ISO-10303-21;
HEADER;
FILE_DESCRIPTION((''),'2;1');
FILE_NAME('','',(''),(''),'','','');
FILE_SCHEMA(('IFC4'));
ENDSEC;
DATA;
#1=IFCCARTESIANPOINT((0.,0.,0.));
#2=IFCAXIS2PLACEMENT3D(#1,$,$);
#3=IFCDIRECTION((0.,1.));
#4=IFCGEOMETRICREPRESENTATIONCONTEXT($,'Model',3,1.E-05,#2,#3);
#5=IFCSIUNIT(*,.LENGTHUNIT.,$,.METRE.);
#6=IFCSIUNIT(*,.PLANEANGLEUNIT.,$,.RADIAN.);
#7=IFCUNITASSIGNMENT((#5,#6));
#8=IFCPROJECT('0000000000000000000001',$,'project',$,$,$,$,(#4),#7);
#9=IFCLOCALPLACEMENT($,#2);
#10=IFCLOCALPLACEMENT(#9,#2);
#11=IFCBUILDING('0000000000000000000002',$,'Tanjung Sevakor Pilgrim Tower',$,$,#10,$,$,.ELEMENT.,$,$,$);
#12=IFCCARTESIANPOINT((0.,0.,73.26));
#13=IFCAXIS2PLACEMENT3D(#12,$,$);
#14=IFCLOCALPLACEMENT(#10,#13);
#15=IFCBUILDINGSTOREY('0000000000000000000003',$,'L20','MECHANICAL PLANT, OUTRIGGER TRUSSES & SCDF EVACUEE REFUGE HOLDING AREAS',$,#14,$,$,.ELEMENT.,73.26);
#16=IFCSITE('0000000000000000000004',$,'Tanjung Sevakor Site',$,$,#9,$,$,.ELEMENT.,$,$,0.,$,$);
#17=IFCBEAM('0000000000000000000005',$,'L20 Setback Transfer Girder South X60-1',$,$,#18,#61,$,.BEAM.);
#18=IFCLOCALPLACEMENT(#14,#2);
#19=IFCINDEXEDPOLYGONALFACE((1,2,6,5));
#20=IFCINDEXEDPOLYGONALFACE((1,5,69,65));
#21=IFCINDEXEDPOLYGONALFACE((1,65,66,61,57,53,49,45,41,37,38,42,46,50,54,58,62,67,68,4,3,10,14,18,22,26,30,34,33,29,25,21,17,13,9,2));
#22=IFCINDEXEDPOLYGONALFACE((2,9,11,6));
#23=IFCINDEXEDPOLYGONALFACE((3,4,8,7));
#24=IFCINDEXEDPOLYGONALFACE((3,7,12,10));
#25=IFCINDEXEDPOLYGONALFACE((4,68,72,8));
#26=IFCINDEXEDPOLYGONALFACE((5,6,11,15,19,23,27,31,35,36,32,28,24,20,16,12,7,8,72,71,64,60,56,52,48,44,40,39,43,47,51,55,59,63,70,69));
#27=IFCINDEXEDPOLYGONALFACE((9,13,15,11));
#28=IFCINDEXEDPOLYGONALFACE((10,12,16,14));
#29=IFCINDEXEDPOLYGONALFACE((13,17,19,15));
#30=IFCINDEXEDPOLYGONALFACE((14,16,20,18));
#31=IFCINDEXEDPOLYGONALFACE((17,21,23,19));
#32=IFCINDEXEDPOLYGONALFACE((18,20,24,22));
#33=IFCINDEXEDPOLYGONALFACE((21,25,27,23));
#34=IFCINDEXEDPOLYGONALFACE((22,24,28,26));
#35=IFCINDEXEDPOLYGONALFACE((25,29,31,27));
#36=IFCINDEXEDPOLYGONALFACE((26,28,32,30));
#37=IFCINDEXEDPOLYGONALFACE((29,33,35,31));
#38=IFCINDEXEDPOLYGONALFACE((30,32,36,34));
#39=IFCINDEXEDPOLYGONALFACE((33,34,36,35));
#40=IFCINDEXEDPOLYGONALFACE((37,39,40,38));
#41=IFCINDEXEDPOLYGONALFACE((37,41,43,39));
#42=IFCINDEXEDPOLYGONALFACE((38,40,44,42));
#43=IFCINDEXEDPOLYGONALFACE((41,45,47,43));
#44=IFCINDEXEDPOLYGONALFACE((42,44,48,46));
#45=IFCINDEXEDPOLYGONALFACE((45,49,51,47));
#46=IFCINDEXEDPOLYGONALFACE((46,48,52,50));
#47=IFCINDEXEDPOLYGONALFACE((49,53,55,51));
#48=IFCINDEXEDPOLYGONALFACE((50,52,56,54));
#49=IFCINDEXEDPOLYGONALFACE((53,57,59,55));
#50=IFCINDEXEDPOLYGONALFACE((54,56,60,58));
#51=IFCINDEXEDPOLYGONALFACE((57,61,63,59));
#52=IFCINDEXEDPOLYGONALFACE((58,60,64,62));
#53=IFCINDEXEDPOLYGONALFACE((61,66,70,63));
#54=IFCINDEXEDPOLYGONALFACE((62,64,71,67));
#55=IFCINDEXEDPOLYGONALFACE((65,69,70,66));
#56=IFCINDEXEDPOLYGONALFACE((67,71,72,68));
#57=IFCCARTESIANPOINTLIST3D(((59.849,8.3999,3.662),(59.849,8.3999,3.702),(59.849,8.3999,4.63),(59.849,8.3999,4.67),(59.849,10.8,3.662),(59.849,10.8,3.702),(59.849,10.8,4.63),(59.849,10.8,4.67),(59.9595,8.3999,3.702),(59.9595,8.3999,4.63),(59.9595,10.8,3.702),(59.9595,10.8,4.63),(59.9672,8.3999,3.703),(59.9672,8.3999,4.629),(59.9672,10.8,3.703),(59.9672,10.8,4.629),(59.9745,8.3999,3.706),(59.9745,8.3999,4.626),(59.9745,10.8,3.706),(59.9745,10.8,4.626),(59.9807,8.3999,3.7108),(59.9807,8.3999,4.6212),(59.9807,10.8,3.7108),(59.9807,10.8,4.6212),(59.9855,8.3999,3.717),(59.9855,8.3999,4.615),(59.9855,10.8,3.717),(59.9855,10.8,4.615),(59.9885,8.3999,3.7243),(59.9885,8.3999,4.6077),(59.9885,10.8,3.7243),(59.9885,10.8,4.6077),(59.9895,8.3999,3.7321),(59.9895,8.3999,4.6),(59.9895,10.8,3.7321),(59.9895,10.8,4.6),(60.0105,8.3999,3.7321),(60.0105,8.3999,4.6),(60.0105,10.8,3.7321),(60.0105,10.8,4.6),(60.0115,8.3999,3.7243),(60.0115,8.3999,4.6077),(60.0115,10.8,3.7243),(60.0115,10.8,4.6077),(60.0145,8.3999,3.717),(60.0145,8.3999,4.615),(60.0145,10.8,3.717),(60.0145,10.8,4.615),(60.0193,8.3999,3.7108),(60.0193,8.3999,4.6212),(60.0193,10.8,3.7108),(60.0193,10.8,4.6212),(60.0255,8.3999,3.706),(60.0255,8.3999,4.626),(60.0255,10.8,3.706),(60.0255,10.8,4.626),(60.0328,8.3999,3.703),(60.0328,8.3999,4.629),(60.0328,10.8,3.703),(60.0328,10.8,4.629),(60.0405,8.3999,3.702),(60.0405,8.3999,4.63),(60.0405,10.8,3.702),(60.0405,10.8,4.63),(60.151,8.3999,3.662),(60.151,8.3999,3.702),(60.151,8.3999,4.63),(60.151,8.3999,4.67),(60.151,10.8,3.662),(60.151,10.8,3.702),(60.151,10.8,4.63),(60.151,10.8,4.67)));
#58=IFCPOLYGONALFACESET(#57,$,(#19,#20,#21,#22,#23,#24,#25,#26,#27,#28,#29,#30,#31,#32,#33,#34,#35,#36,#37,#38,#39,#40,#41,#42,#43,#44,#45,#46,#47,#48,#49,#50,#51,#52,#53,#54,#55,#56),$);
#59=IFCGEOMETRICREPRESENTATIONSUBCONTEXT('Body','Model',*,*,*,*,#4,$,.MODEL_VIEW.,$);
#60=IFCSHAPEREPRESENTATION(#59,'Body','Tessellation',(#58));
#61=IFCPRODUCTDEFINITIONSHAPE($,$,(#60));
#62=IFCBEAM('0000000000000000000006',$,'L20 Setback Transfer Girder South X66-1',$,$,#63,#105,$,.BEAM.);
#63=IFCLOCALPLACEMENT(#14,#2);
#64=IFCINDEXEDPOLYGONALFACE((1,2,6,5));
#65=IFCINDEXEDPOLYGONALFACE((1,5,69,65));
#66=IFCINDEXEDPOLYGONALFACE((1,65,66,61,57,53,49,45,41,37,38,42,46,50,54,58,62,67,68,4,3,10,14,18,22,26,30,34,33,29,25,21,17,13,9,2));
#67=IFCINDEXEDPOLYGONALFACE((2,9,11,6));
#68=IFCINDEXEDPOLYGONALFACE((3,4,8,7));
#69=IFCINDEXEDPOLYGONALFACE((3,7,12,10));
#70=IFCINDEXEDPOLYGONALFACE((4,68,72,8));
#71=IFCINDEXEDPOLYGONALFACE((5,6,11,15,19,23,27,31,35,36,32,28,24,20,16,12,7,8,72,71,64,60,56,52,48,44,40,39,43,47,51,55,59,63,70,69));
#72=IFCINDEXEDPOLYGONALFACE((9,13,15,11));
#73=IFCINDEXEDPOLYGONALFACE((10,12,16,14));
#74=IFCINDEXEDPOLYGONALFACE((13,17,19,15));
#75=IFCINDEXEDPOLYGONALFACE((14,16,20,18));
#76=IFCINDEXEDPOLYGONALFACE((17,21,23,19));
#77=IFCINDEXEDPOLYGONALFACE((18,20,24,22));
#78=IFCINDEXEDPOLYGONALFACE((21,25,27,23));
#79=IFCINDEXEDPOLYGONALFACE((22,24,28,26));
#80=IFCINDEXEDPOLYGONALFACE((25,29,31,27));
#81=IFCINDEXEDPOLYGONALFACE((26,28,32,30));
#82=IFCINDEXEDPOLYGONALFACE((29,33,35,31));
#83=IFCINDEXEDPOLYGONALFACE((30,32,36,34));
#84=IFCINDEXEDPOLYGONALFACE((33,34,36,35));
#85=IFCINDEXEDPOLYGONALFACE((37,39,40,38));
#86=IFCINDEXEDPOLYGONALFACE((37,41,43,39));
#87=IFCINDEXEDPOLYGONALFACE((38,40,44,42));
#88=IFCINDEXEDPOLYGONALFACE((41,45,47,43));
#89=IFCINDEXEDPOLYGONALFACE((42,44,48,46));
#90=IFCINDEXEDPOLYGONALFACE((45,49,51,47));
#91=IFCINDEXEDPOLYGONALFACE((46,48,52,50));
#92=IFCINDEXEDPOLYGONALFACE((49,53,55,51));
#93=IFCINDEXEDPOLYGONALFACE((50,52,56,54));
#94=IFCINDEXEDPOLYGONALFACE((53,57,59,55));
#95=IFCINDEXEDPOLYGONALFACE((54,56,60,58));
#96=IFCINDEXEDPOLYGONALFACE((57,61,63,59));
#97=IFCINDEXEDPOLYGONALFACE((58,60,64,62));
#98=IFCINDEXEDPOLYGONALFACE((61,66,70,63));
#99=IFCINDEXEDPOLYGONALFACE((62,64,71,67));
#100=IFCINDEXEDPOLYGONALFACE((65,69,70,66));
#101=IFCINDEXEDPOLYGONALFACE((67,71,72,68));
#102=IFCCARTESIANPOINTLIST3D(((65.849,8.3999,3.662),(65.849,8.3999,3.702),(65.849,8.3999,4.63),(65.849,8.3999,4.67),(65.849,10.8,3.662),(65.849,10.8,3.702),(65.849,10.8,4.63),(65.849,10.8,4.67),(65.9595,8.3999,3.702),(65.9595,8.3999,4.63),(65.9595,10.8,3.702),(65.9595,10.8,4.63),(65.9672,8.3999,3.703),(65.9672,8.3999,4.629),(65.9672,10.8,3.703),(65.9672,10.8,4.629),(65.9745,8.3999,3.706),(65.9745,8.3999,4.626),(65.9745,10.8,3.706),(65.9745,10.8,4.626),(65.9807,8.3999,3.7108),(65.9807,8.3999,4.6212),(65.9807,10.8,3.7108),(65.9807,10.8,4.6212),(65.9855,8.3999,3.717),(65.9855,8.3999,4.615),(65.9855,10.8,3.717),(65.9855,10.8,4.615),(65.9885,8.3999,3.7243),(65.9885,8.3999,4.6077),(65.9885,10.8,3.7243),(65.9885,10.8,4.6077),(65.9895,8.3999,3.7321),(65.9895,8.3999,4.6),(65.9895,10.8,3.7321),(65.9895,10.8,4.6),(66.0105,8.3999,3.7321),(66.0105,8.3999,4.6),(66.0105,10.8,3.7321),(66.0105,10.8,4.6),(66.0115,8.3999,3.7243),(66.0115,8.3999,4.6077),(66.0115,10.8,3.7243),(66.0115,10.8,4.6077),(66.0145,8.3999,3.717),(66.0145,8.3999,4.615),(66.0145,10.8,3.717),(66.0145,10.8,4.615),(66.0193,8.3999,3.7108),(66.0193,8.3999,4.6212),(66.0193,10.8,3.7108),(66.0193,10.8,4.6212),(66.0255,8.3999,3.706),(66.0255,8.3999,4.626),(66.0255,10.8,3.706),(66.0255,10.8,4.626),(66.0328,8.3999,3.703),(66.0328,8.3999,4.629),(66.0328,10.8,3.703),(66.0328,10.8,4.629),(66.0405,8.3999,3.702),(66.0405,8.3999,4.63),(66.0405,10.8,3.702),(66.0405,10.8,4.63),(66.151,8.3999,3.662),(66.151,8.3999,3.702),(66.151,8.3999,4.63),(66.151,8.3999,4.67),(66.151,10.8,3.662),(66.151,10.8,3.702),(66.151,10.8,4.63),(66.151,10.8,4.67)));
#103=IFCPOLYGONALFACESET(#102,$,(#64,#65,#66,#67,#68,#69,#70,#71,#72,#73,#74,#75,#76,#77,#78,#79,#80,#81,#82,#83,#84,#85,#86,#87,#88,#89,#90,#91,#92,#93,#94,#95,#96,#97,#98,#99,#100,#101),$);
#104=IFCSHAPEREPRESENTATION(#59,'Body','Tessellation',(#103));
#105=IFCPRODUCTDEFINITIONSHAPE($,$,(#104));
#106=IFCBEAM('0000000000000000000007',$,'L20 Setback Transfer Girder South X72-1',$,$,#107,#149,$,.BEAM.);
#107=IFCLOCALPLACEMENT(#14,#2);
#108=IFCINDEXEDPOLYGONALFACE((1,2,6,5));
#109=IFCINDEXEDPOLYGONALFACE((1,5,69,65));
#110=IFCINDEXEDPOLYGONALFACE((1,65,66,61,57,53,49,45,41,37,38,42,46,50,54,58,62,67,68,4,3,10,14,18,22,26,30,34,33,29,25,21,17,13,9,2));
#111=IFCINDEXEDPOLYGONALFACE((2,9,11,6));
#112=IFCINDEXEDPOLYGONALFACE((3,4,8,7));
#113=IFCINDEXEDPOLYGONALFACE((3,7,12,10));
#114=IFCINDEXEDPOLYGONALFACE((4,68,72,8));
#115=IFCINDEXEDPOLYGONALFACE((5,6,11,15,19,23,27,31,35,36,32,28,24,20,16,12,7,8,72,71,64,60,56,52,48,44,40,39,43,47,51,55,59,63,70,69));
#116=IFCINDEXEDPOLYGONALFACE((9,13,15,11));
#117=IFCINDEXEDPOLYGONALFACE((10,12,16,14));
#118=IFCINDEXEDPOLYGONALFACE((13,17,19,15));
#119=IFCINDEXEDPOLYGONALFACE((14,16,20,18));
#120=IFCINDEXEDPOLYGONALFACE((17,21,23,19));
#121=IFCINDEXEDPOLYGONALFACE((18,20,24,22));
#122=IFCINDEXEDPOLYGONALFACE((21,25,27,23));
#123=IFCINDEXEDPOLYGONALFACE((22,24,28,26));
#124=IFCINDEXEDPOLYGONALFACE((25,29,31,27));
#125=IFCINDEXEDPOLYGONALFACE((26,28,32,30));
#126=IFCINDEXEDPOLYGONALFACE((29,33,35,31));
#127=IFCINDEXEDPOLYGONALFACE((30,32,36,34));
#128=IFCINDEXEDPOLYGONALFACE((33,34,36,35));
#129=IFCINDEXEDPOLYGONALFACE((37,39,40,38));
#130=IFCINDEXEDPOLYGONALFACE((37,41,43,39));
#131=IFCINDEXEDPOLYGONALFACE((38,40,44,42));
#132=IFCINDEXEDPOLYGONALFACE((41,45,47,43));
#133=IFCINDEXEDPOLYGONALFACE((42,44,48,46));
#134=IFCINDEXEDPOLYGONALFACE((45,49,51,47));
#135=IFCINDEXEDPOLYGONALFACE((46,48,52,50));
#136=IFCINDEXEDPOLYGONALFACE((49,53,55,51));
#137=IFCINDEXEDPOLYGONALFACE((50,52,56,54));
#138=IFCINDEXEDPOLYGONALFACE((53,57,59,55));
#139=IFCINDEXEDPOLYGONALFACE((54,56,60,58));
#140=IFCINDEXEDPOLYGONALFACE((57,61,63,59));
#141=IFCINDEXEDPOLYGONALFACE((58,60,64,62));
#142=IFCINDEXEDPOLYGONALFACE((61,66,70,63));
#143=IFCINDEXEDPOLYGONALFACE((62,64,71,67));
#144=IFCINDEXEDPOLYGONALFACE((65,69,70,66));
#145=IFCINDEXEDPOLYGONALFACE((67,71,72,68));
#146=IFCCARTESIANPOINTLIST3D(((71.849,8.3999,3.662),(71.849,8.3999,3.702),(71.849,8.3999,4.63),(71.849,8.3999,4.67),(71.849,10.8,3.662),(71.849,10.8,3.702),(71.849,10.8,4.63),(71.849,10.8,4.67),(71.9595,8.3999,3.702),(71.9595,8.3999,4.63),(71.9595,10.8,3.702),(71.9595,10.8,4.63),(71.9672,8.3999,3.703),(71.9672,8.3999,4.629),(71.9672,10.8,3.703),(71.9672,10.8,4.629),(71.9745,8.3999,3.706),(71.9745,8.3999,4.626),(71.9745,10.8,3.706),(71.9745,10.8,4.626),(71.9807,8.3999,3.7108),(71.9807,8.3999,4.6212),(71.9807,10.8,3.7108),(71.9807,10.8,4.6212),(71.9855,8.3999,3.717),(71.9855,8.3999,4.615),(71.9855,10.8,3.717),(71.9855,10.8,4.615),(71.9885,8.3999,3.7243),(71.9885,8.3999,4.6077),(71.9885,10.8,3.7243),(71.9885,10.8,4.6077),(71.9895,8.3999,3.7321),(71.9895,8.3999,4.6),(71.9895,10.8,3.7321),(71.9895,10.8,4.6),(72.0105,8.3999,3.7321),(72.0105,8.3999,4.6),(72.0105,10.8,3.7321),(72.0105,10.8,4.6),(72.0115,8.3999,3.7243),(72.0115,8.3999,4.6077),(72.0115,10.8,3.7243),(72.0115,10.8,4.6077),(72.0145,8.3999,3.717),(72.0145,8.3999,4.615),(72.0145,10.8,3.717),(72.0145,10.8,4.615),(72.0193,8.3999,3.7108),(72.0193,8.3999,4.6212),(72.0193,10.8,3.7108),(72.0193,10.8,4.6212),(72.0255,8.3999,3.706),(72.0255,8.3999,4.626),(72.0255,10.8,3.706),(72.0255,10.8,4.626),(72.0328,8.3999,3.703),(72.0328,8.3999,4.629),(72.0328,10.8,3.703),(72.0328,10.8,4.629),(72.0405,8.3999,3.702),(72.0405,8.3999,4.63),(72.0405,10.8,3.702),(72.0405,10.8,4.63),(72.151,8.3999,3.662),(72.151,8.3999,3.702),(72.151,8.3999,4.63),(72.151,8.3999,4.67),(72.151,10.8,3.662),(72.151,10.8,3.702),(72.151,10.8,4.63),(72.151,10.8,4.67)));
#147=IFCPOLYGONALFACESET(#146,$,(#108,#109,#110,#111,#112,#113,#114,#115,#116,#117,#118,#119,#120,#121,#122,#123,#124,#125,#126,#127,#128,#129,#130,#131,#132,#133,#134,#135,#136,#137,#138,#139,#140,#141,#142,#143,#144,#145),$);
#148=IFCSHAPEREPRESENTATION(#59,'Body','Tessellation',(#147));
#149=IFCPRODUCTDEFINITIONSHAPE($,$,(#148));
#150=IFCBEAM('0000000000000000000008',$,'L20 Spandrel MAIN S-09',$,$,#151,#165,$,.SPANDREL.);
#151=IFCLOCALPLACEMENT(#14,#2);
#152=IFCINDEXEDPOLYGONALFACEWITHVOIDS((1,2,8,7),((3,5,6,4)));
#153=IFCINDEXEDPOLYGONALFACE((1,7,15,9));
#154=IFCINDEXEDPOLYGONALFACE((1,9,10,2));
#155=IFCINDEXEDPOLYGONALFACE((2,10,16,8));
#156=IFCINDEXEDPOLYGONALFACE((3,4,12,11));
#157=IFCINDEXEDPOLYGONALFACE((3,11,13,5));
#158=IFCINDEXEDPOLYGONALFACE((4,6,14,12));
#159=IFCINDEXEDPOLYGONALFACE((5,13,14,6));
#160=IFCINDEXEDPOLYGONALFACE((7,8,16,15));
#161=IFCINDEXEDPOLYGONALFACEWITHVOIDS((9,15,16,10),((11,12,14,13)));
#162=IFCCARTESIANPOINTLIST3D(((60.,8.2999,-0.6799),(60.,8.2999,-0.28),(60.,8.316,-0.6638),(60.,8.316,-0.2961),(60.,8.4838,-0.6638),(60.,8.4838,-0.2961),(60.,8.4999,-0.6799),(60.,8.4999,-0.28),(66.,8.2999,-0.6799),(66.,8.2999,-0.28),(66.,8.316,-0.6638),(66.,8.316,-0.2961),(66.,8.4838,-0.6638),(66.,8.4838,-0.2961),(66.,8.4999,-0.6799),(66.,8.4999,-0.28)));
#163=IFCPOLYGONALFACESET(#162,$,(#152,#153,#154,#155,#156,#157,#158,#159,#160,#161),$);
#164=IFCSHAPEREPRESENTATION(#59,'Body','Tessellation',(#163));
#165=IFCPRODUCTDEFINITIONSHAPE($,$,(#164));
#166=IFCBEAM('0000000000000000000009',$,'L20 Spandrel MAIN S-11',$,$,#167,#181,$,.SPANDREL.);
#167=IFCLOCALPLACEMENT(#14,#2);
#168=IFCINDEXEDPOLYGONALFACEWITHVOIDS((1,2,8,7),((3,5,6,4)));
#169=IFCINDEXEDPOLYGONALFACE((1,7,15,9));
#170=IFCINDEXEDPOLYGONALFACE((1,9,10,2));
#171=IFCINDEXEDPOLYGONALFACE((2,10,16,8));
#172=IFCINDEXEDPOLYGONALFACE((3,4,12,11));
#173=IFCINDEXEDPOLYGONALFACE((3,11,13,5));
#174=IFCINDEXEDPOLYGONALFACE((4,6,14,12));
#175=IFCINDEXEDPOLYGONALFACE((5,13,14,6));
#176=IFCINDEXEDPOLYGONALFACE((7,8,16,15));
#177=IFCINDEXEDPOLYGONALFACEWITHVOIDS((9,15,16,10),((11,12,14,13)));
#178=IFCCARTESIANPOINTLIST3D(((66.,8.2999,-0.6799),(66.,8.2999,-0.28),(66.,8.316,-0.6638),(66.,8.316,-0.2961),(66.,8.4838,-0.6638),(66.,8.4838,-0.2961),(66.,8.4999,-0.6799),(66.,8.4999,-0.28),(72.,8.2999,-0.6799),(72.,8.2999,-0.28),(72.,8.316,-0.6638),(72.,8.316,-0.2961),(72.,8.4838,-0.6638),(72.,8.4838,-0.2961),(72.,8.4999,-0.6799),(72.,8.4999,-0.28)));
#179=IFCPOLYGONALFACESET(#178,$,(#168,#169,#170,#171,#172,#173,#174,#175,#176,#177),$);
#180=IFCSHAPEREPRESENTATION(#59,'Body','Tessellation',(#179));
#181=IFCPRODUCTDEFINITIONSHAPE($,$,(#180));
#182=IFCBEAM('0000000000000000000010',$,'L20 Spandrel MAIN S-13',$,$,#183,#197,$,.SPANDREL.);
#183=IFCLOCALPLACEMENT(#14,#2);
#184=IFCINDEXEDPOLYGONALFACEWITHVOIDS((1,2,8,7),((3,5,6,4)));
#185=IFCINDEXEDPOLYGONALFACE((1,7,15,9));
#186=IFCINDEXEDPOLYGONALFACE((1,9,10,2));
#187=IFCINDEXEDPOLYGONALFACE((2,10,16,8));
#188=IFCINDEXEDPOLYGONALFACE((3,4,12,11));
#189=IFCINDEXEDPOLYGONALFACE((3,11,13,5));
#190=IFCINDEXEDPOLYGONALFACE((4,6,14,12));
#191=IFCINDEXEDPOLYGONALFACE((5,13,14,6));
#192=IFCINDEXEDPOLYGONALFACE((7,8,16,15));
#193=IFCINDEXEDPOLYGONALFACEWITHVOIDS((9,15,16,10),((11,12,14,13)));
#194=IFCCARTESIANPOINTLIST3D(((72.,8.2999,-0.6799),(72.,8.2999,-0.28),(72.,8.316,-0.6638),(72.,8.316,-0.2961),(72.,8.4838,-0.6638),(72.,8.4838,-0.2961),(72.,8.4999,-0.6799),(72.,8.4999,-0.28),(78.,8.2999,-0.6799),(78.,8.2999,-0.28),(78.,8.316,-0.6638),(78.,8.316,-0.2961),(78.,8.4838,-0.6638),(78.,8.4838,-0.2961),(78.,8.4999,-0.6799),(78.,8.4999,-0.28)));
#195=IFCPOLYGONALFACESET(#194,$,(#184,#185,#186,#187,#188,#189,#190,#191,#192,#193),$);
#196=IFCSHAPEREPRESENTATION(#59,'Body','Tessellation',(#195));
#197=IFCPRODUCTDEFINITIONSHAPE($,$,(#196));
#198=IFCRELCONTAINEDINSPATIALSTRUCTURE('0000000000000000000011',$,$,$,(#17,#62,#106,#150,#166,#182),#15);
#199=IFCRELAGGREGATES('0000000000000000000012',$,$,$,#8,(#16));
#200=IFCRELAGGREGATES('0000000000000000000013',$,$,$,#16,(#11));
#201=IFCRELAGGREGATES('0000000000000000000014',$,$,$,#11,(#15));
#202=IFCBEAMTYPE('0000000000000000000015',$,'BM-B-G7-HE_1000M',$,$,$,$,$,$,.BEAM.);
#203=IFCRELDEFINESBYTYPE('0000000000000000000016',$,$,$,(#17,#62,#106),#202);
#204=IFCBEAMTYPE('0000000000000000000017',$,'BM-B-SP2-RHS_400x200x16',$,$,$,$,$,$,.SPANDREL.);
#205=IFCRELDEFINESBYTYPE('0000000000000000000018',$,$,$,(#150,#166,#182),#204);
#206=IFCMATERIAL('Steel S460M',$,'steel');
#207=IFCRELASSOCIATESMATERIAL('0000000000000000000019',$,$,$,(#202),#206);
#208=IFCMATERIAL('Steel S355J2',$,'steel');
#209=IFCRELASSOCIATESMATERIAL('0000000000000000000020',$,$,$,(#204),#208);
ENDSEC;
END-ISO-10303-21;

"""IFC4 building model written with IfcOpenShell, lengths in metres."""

from ifc_helpers import new_model, si_unit, direction, frame, origin, origin_2d, place, context, subcontext, project, spatial, hollow_rectangle, i_section, extrude, material, material_profile, profile_set, type_object, element, save


model = new_model("IFC4")

# Units and contexts
model_context = context("Model", 3, precision=1e-05, world=origin(), true_north=direction((0.0, 1.0)))
body_context = subcontext(model_context, "Body", "Model", "MODEL_VIEW")
ifc_project = project(units=[si_unit("LENGTHUNIT", "METRE"), si_unit("PLANEANGLEUNIT", "RADIAN")], contexts=[model_context])

# Site, building, storey
site_placement = place(None, origin())
site = spatial("IfcSite", under=ifc_project, at=site_placement, Name="Tanjung Sevakor Site", CompositionType="ELEMENT", RefElevation=0.0)
building_placement = place(site_placement, origin())
building = spatial("IfcBuilding", under=site, at=building_placement, Name="Tanjung Sevakor Pilgrim Tower", CompositionType="ELEMENT")
storey_placement = place(building_placement, frame((0.0, 0.0, 73.26)))
storey = spatial("IfcBuildingStorey", under=building, at=storey_placement, Name="L20", Description="MECHANICAL PLANT, OUTRIGGER TRUSSES & SCDF EVACUEE REFUGE HOLDING AREAS", CompositionType="ELEMENT", Elevation=73.26)

# Beams
ifc_material_1 = material(Name="Steel S460M", Category="steel")
ifc_material_profile_1 = material_profile(ifc_material_1, i_section(OverallWidth=0.302, OverallDepth=1.0081, WebThickness=0.021, FlangeThickness=0.04, FilletRadius=0.03, at=origin_2d()))
ifc_profile_set_1 = profile_set([ifc_material_profile_1], Name="Steel S460M")
beam_type_1 = type_object("IfcBeamType", Name="BM-B-G7-HE_1000M", PredefinedType="BEAM", material=ifc_profile_set_1)
for number, where, z_axis, x_axis, name in (
    (1, (60.0, 8.3999, 4.166), (0.0, 1.0, 0.0), (-1.0, 0.0, 0.0), "L20 Setback Transfer Girder South X60-1"),
    (2, (66.0, 8.3999, 4.166), (0.0, 1.0, 0.0), (-1.0, 0.0, 0.0), "L20 Setback Transfer Girder South X66-1"),
    (3, (72.0, 8.3999, 4.166), (0.0, 1.0, 0.0), (-1.0, 0.0, 0.0), "L20 Setback Transfer Girder South X72-1"),
):
    element("IfcBeam", number, at=place(storey_placement, frame(where, z_axis=z_axis, x_axis=x_axis)), inside=storey, type_object=beam_type_1, Name=name, PredefinedType="BEAM", context=body_context, shape_type="SweptSolid", body=[
        extrude(i_section(OverallWidth=0.302, OverallDepth=1.0081, WebThickness=0.021, FlangeThickness=0.04, FilletRadius=0.03, at=origin_2d()), origin(), (0.0, 0.0, 1.0), 2.4001),
    ])
ifc_material_2 = material(Name="Steel S355J2", Category="steel")
ifc_material_profile_2 = material_profile(ifc_material_2, hollow_rectangle(XDim=0.2, YDim=0.3999, WallThickness=0.0161, at=origin_2d()))
ifc_profile_set_2 = profile_set([ifc_material_profile_2], Name="Steel S355J2")
beam_type_2 = type_object("IfcBeamType", Name="BM-B-SP2-RHS_400x200x16", PredefinedType="SPANDREL", material=ifc_profile_set_2)
for number, where, z_axis, x_axis, name in (
    (4, (60.0, 8.3999, -0.48), (1.0, 0.0, 0.0), (0.0, 1.0, 0.0), "L20 Spandrel MAIN S-09"),
    (5, (66.0, 8.3999, -0.48), (1.0, 0.0, 0.0), (0.0, 1.0, 0.0), "L20 Spandrel MAIN S-11"),
    (6, (72.0, 8.3999, -0.48), (1.0, 0.0, 0.0), (0.0, 1.0, 0.0), "L20 Spandrel MAIN S-13"),
):
    element("IfcBeam", number, at=place(storey_placement, frame(where, z_axis=z_axis, x_axis=x_axis)), inside=storey, type_object=beam_type_2, Name=name, PredefinedType="SPANDREL", context=body_context, shape_type="SweptSolid", body=[
        extrude(hollow_rectangle(XDim=0.2, YDim=0.3999, WallThickness=0.0161, at=origin_2d()), origin(), (0.0, 0.0, 1.0), 6.0),
    ])

save(model, "model.ifc")
